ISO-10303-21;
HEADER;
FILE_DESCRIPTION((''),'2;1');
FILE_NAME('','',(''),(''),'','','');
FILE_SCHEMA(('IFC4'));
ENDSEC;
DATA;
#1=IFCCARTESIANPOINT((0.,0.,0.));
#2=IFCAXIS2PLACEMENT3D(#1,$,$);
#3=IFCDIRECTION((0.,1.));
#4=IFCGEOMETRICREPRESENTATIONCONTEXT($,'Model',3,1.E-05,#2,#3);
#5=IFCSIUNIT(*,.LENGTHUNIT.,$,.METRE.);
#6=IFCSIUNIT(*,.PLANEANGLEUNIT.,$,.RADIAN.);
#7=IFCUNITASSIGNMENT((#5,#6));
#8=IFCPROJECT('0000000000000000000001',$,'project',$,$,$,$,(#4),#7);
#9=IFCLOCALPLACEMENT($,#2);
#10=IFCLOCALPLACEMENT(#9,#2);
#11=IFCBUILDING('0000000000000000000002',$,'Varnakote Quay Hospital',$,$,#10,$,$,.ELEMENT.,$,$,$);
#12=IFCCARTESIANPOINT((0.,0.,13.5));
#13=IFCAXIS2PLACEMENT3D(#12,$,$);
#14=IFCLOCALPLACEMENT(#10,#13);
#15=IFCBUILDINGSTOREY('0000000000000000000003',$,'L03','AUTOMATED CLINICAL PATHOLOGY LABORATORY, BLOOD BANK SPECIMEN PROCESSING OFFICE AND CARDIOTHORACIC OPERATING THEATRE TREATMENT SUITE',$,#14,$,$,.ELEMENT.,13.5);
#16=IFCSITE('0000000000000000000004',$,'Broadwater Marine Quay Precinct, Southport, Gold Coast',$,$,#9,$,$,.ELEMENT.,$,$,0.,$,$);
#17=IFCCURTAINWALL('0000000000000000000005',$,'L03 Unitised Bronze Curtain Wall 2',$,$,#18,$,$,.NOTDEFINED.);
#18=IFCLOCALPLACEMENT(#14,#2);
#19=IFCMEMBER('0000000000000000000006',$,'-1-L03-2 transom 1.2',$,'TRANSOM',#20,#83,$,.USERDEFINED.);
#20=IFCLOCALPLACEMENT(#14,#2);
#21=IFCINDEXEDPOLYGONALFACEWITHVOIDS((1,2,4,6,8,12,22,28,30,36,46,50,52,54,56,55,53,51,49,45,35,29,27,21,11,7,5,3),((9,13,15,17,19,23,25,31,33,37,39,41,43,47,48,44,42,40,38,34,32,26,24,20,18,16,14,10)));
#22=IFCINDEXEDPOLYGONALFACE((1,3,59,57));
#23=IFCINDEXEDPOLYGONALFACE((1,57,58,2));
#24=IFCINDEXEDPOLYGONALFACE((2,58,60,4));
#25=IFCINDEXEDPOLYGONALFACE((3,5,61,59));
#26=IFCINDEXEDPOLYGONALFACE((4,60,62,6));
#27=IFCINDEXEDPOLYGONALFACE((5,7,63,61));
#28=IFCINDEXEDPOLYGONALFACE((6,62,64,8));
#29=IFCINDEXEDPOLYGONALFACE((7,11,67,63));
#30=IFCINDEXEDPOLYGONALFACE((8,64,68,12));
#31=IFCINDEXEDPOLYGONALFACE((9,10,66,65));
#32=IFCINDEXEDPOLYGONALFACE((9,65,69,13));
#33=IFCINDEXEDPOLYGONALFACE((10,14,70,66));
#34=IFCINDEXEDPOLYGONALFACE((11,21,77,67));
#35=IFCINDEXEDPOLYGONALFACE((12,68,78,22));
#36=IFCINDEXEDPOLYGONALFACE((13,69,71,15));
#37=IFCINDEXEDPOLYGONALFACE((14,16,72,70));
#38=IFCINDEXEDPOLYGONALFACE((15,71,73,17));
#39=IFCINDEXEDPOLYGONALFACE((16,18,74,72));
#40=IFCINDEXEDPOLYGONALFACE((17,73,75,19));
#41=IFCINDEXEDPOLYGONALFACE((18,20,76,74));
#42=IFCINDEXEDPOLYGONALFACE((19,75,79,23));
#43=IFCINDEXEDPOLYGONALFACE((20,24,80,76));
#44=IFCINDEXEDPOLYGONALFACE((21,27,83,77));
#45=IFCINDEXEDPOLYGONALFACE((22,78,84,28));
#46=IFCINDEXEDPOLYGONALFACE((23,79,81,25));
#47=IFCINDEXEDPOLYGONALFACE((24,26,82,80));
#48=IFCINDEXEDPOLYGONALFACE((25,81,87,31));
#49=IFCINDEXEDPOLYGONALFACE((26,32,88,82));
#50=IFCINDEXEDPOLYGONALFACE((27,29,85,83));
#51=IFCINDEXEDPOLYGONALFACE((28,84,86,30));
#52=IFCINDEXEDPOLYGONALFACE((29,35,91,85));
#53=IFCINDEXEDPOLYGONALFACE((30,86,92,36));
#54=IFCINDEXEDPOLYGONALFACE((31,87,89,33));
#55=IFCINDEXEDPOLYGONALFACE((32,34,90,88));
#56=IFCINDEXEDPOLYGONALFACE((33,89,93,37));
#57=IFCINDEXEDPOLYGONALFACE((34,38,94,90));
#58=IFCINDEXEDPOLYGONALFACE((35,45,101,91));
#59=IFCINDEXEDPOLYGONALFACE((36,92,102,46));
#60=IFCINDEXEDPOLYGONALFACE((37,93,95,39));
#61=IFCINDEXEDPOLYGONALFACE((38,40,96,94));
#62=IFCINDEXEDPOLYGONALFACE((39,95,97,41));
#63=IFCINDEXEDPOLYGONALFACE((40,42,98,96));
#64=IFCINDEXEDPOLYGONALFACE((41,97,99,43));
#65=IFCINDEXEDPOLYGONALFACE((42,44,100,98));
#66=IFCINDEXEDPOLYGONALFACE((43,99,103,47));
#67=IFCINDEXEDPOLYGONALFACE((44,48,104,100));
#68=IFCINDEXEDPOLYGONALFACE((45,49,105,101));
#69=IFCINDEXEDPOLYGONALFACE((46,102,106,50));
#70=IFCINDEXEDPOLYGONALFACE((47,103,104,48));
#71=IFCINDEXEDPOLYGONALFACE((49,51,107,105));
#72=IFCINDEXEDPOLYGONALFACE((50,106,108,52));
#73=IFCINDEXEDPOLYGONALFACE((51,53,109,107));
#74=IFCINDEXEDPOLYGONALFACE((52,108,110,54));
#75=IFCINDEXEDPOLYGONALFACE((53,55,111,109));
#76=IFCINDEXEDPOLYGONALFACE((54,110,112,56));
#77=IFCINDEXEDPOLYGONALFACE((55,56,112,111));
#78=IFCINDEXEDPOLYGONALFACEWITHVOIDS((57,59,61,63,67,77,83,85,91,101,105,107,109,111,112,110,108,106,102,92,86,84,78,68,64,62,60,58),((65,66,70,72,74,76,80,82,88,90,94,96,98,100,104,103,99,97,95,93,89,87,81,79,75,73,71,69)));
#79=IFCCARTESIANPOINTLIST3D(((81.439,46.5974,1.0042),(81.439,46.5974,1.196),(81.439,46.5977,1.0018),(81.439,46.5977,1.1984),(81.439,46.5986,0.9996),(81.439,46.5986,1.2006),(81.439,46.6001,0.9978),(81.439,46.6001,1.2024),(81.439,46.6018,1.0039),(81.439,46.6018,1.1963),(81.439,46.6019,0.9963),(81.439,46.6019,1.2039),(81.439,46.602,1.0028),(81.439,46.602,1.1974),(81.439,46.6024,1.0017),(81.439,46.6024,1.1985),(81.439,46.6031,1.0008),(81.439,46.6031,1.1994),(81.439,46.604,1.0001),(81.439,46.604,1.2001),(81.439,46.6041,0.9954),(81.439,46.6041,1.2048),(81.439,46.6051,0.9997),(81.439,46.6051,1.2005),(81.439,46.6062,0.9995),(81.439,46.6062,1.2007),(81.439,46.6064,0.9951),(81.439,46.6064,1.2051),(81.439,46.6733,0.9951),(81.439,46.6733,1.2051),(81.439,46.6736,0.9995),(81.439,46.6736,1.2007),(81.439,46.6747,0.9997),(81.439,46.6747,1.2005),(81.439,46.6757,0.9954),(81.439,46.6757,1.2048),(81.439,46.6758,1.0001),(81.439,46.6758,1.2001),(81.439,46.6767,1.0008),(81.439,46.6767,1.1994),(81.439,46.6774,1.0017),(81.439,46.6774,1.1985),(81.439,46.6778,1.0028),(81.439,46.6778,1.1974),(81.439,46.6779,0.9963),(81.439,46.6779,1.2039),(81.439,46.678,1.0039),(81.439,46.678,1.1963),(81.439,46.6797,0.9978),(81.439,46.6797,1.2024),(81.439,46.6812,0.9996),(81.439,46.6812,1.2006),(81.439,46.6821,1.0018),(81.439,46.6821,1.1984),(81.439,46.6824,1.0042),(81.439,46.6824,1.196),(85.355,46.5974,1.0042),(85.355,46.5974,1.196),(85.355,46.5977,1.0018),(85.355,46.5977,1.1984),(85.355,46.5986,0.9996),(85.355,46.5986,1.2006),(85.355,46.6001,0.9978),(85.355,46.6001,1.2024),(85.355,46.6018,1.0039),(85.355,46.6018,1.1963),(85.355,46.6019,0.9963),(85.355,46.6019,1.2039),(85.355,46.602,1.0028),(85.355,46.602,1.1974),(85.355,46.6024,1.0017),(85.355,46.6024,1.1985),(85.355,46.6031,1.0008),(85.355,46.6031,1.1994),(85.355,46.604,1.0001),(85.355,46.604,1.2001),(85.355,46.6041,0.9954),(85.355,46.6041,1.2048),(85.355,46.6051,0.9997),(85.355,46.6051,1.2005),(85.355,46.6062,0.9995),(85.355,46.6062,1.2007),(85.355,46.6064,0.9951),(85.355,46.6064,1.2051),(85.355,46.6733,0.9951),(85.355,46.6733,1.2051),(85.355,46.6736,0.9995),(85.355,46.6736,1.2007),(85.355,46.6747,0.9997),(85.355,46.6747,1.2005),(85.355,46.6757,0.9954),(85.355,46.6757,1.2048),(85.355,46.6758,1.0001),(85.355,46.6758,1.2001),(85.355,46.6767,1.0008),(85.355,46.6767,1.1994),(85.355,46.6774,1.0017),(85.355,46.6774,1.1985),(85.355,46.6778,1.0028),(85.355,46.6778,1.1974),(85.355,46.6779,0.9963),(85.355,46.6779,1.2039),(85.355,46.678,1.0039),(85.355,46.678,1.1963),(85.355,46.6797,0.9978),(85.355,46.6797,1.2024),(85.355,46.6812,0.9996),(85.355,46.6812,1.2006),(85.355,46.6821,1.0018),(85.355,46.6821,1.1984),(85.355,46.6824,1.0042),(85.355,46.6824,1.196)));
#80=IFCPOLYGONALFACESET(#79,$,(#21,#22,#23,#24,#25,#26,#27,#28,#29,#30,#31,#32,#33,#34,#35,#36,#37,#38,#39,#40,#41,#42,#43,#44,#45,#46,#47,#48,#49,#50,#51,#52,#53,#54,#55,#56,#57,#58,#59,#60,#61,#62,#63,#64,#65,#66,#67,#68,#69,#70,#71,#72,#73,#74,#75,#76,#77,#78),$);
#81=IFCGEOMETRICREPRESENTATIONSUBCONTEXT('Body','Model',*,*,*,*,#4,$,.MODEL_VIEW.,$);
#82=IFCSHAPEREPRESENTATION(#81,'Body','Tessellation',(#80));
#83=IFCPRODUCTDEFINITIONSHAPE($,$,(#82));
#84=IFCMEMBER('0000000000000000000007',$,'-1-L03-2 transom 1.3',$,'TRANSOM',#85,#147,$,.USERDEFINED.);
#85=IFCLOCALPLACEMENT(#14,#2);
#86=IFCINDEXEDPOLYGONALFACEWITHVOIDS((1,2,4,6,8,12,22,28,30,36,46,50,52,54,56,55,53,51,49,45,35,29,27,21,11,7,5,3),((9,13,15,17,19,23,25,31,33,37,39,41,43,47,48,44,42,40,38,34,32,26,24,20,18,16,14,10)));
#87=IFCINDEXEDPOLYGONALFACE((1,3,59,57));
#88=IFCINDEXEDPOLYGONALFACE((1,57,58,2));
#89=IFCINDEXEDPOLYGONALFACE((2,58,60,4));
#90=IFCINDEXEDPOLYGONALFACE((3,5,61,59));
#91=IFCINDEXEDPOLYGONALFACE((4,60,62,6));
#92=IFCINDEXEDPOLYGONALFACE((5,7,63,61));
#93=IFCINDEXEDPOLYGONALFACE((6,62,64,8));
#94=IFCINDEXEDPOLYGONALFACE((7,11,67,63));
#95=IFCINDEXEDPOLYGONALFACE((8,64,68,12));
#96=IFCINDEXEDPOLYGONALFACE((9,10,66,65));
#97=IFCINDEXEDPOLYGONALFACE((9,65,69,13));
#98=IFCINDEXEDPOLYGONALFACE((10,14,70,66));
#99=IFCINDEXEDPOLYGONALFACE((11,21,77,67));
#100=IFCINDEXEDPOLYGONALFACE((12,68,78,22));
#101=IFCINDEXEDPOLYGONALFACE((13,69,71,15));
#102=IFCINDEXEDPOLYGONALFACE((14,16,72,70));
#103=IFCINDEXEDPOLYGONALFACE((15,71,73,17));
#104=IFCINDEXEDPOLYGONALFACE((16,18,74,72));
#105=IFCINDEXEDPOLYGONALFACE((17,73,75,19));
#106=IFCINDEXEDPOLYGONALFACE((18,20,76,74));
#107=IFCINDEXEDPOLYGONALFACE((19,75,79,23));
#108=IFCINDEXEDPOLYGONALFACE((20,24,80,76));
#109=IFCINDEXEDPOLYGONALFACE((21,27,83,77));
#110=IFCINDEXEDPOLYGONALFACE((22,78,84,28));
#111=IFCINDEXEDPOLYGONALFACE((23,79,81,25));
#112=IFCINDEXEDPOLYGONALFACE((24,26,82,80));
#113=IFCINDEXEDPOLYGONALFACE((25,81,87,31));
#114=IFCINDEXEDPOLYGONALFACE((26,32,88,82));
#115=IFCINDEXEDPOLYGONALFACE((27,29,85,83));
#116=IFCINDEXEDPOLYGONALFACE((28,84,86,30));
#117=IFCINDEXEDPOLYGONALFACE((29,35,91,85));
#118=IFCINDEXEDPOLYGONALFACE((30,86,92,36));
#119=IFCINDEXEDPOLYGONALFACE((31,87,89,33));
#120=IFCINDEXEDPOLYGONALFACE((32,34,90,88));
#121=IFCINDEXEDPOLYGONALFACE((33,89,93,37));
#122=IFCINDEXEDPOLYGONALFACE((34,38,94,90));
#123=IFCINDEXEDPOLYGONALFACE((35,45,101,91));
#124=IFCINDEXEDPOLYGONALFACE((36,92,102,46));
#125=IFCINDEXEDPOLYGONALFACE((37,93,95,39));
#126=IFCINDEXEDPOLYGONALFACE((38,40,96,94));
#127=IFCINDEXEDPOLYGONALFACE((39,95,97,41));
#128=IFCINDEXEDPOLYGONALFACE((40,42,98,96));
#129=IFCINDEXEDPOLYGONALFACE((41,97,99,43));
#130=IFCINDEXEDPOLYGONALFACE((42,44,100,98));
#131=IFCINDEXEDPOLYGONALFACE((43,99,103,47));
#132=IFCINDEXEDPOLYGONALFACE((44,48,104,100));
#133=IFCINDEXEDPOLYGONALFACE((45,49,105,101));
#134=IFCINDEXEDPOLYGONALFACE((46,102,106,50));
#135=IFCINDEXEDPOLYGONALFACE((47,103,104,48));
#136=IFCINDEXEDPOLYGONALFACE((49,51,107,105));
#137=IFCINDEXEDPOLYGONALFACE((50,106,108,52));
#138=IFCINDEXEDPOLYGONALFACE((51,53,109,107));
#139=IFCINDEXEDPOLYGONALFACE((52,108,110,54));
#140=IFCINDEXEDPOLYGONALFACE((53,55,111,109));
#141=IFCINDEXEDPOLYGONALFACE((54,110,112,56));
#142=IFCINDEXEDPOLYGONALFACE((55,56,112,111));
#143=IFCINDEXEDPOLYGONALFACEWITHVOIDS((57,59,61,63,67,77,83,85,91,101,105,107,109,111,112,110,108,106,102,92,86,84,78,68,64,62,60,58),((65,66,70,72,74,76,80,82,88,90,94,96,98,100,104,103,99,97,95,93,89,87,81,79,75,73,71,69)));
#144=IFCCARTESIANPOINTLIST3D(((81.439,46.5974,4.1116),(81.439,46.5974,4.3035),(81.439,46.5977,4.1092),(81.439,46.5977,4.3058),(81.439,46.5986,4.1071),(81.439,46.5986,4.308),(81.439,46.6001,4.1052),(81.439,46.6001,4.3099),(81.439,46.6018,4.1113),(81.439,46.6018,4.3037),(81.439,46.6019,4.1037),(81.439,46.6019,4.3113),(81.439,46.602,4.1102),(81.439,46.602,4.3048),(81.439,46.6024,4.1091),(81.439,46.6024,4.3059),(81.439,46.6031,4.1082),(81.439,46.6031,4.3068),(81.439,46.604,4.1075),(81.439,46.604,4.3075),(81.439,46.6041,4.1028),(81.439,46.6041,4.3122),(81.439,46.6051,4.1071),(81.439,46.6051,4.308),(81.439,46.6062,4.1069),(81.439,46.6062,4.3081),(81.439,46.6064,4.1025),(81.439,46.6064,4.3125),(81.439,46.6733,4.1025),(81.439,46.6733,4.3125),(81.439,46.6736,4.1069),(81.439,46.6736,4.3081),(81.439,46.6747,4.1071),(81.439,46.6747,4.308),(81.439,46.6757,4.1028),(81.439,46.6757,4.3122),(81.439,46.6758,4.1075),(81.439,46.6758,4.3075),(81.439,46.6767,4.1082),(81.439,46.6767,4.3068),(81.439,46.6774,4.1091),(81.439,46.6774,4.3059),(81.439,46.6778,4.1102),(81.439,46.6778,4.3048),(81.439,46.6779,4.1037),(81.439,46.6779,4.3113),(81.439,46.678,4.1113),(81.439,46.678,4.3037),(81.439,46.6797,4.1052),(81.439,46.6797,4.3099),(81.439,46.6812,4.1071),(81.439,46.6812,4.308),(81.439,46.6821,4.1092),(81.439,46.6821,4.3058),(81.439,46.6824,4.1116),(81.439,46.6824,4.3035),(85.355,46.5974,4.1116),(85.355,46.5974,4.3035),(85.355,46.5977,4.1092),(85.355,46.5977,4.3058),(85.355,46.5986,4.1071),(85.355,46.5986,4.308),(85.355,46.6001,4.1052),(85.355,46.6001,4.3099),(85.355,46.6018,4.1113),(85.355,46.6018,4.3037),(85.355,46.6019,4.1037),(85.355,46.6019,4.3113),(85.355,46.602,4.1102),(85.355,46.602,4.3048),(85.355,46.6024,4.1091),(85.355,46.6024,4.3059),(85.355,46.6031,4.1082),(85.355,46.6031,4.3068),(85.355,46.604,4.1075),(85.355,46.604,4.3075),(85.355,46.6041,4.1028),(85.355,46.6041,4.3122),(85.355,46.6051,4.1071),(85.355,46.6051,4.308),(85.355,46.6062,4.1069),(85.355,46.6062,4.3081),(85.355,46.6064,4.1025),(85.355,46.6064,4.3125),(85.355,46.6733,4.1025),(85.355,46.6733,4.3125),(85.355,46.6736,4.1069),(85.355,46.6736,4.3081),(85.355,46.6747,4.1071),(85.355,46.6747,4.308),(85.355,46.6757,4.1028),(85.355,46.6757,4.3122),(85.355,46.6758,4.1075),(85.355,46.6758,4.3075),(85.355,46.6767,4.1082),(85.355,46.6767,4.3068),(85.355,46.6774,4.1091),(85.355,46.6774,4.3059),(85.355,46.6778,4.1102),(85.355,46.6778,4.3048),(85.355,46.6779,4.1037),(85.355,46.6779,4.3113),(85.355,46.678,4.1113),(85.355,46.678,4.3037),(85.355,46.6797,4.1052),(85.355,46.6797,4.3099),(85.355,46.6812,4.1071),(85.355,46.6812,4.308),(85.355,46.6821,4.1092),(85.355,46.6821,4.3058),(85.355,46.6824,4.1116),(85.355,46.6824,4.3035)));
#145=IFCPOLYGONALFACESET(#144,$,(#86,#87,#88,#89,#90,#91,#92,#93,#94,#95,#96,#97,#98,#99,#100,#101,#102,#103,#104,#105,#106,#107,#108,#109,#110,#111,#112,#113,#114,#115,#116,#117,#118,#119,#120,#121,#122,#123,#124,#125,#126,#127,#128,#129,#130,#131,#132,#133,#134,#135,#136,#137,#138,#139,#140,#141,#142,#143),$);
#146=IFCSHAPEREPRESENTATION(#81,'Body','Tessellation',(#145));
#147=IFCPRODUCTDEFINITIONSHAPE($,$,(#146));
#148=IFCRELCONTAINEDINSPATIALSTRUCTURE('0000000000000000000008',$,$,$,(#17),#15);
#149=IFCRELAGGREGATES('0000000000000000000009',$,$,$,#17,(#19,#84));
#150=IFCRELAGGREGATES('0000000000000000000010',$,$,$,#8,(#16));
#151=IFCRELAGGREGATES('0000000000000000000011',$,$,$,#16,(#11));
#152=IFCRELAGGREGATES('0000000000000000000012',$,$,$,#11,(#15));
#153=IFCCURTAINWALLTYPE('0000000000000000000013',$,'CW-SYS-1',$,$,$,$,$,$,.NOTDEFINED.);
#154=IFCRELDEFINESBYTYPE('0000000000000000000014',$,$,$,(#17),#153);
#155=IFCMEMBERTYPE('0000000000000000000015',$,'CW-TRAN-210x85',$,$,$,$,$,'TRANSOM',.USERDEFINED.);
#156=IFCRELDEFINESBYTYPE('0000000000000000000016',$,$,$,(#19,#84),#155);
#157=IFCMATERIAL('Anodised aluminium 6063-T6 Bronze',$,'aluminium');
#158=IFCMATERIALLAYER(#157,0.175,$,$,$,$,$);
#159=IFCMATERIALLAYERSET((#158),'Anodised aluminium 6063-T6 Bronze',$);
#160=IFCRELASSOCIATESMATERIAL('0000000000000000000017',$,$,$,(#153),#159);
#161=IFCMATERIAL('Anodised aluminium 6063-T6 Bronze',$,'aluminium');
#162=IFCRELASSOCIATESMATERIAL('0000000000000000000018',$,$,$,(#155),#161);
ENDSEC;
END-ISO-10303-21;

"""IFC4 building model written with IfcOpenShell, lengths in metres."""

from ifc_helpers import new_model, si_unit, direction, frame, origin, origin_2d, place, context, subcontext, project, spatial, hollow_rectangle, extrude, material, layer, layer_set, material_profile, profile_set, type_object, element, aggregate, save


model = new_model("IFC4")

# Units and contexts
model_context = context("Model", 3, precision=1e-05, world=origin(), true_north=direction((0.0, 1.0)))
body_context = subcontext(model_context, "Body", "Model", "MODEL_VIEW")
ifc_project = project(units=[si_unit("LENGTHUNIT", "METRE"), si_unit("PLANEANGLEUNIT", "RADIAN")], contexts=[model_context])

# Site, building, storey
site_placement = place(None, origin())
site = spatial("IfcSite", under=ifc_project, at=site_placement, Name="Broadwater Marine Quay Precinct, Southport, Gold Coast", CompositionType="ELEMENT", RefElevation=0.0)
building_placement = place(site_placement, origin())
building = spatial("IfcBuilding", under=site, at=building_placement, Name="Varnakote Quay Hospital", CompositionType="ELEMENT")
storey_placement = place(building_placement, frame((0.0, 0.0, 13.5)))
storey = spatial("IfcBuildingStorey", under=building, at=storey_placement, Name="L03", Description="AUTOMATED CLINICAL PATHOLOGY LABORATORY, BLOOD BANK SPECIMEN PROCESSING OFFICE AND CARDIOTHORACIC OPERATING THEATRE TREATMENT SUITE", CompositionType="ELEMENT", Elevation=13.5)

# Shared definitions
ifc_material_1 = material(Name="Anodised aluminium 6063-T6 Bronze", Category="aluminium")
ifc_layer_1 = layer(ifc_material_1, 0.175)
ifc_layer_set_1 = layer_set([ifc_layer_1], Name="Anodised aluminium 6063-T6 Bronze")
curtain_wall_type = type_object("IfcCurtainWallType", Name="CW-SYS-1", PredefinedType="NOTDEFINED", material=ifc_layer_set_1)

# Curtain wall, members
curtain_wall_1_placement = place(storey_placement, origin())
curtain_wall_1 = element("IfcCurtainWall", 1, at=curtain_wall_1_placement, inside=storey, type_object=curtain_wall_type, Name="L03 Unitised Bronze Curtain Wall 2", PredefinedType="NOTDEFINED")
ifc_material_2 = material(Name="Anodised aluminium 6063-T6 Bronze", Category="aluminium")
ifc_material_profile_1 = material_profile(ifc_material_2, hollow_rectangle(XDim=0.085, YDim=0.21, WallThickness=0.0044, InnerFilletRadius=0.0044, OuterFilletRadius=0.009, at=origin_2d()), Name="CW-TRAN-210x85")
ifc_profile_set_1 = profile_set([ifc_material_profile_1], Name="Anodised aluminium 6063-T6 Bronze")
member_type_1 = type_object("IfcMemberType", Name="CW-TRAN-210x85", ElementType="TRANSOM", PredefinedType="USERDEFINED", material=ifc_profile_set_1)
member_1_placement = place(storey_placement, frame((85.355, 46.6399, 1.1001), z_axis=(-1.0, 0.0, 0.0), x_axis=(0.0, -1.0, 0.0)))
member_1 = element("IfcMember", 2, at=member_1_placement, type_object=member_type_1, Name="-1-L03-2 transom 1.2", ObjectType="TRANSOM", PredefinedType="USERDEFINED", context=body_context, shape_type="SweptSolid", body=[
    extrude(hollow_rectangle(XDim=0.085, YDim=0.21, WallThickness=0.0044, InnerFilletRadius=0.0044, OuterFilletRadius=0.009, at=origin_2d()), origin(), (0.0, 0.0, 1.0), 3.916),
])
member_2_placement = place(storey_placement, frame((85.355, 46.6399, 4.2075), z_axis=(-1.0, 0.0, 0.0), x_axis=(0.0, -1.0, 0.0)))
member_2 = element("IfcMember", 3, at=member_2_placement, type_object=member_type_1, Name="-1-L03-2 transom 1.3", ObjectType="TRANSOM", PredefinedType="USERDEFINED", context=body_context, shape_type="SweptSolid", body=[
    extrude(hollow_rectangle(XDim=0.085, YDim=0.21, WallThickness=0.0044, InnerFilletRadius=0.0044, OuterFilletRadius=0.009, at=origin_2d()), origin(), (0.0, 0.0, 1.0), 3.916),
])

aggregate(curtain_wall_1, [member_1, member_2])

save(model, "model.ifc")
